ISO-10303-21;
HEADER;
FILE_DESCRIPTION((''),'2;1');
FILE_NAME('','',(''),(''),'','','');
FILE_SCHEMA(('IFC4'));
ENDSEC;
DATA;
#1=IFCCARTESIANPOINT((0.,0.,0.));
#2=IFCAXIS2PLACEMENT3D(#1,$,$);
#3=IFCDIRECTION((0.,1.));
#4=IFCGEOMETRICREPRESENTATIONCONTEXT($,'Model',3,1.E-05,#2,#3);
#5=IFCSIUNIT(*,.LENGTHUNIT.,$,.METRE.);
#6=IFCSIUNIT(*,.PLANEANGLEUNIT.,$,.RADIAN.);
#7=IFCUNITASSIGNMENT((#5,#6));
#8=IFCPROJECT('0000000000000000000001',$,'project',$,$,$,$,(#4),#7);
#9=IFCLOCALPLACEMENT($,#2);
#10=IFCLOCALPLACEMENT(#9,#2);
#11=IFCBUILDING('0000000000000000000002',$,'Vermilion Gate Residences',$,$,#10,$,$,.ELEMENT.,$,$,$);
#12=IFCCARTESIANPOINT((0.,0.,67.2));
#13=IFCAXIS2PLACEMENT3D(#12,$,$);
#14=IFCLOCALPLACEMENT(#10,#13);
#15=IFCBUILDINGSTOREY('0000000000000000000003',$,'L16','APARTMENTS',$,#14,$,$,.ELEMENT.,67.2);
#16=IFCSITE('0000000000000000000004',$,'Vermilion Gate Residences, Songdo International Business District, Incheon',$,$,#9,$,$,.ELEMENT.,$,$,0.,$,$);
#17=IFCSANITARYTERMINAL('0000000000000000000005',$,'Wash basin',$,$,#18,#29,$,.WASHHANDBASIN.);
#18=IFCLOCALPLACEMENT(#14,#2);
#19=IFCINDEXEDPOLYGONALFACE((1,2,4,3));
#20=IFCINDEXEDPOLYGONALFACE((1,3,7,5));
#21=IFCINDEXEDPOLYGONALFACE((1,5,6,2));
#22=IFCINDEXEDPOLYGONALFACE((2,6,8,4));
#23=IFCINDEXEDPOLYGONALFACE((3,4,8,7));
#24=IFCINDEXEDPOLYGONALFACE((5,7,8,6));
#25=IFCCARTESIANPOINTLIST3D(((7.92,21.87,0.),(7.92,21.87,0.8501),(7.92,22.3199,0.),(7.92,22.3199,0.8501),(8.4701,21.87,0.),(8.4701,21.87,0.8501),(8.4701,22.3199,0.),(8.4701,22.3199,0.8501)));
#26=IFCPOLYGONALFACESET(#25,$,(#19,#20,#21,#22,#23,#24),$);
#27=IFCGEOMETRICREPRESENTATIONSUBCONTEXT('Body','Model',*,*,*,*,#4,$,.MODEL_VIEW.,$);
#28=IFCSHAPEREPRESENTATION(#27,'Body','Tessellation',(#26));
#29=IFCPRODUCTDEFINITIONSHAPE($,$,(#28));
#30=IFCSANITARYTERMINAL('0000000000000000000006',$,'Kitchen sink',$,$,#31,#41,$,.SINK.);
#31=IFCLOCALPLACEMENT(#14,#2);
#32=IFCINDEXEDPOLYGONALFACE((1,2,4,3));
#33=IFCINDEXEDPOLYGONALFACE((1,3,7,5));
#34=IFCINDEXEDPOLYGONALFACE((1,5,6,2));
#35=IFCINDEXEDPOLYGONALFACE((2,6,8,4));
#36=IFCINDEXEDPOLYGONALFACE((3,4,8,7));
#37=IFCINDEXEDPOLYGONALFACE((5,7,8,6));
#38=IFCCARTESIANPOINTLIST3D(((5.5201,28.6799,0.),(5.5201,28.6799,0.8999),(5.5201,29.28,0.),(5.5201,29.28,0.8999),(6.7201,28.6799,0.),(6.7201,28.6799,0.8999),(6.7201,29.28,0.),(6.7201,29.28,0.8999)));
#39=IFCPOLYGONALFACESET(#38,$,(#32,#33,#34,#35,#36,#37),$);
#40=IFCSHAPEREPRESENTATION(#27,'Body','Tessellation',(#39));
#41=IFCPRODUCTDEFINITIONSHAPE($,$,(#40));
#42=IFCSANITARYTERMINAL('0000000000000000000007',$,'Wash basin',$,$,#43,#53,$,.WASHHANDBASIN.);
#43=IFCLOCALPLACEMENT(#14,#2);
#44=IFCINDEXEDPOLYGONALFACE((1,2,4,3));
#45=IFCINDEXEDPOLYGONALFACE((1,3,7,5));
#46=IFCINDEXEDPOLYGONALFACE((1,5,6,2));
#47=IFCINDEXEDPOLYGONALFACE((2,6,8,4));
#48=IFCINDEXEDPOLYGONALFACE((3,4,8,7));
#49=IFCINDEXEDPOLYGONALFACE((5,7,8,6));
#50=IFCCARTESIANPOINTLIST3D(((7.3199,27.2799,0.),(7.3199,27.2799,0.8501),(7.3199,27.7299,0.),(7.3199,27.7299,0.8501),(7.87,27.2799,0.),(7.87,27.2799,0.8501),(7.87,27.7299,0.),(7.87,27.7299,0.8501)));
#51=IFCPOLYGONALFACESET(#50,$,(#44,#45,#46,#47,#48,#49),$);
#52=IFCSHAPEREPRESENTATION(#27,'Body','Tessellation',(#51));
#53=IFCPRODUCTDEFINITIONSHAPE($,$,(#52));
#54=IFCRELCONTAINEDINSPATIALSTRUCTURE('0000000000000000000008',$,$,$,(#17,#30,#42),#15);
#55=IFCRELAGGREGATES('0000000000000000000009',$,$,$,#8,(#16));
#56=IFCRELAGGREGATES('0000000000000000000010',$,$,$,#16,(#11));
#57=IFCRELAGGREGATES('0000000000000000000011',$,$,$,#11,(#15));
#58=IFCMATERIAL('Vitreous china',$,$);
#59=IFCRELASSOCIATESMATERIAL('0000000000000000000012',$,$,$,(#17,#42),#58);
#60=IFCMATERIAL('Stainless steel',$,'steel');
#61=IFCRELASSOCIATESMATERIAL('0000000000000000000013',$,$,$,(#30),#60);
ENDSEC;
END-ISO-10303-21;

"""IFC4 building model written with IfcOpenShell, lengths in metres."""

from ifc_helpers import new_model, si_unit, direction, frame, origin, origin_2d, place, context, subcontext, project, spatial, rectangle, extrude, material, element, save


model = new_model("IFC4")

# Units and contexts
model_context = context("Model", 3, precision=1e-05, world=origin(), true_north=direction((0.0, 1.0)))
body_context = subcontext(model_context, "Body", "Model", "MODEL_VIEW")
ifc_project = project(units=[si_unit("LENGTHUNIT", "METRE"), si_unit("PLANEANGLEUNIT", "RADIAN")], contexts=[model_context])

# Site, building, storey
site_placement = place(None, origin())
site = spatial("IfcSite", under=ifc_project, at=site_placement, Name="Vermilion Gate Residences, Songdo International Business District, Incheon", CompositionType="ELEMENT", RefElevation=0.0)
building_placement = place(site_placement, origin())
building = spatial("IfcBuilding", under=site, at=building_placement, Name="Vermilion Gate Residences", CompositionType="ELEMENT")
storey_placement = place(building_placement, frame((0.0, 0.0, 67.2)))
storey = spatial("IfcBuildingStorey", under=building, at=storey_placement, Name="L16", Description="APARTMENTS", CompositionType="ELEMENT", Elevation=67.2)

# Sanitary terminals
ifc_material_1 = material(Name="Vitreous china")
sanitary_terminal_1_placement = place(storey_placement, frame((8.1951, 22.095, 0.0), z_axis=(0.0, 0.0, 1.0), x_axis=(1.0, 0.0, 0.0)))
element("IfcSanitaryTerminal", 1, at=sanitary_terminal_1_placement, inside=storey, material=ifc_material_1, Name="Wash basin", PredefinedType="WASHHANDBASIN", context=body_context, shape_type="SweptSolid", body=[
    extrude(rectangle(XDim=0.55, YDim=0.45, at=origin_2d()), origin(), (0.0, 0.0, 1.0), 0.8501),
])
ifc_material_2 = material(Name="Stainless steel", Category="steel")
sanitary_terminal_2_placement = place(storey_placement, frame((6.1201, 28.98, 0.0), z_axis=(0.0, 0.0, 1.0), x_axis=(1.0, 0.0, 0.0)))
element("IfcSanitaryTerminal", 2, at=sanitary_terminal_2_placement, inside=storey, material=ifc_material_2, Name="Kitchen sink", PredefinedType="SINK", context=body_context, shape_type="SweptSolid", body=[
    extrude(rectangle(XDim=1.2, YDim=0.6001, at=origin_2d()), origin(), (0.0, 0.0, 1.0), 0.8999),
])
sanitary_terminal_3_placement = place(storey_placement, frame((7.595, 27.5049, 0.0), z_axis=(0.0, 0.0, 1.0), x_axis=(1.0, 0.0, 0.0)))
element("IfcSanitaryTerminal", 3, at=sanitary_terminal_3_placement, inside=storey, material=ifc_material_1, Name="Wash basin", PredefinedType="WASHHANDBASIN", context=body_context, shape_type="SweptSolid", body=[
    extrude(rectangle(XDim=0.55, YDim=0.45, at=origin_2d()), origin(), (0.0, 0.0, 1.0), 0.8501),
])

save(model, "model.ifc")
